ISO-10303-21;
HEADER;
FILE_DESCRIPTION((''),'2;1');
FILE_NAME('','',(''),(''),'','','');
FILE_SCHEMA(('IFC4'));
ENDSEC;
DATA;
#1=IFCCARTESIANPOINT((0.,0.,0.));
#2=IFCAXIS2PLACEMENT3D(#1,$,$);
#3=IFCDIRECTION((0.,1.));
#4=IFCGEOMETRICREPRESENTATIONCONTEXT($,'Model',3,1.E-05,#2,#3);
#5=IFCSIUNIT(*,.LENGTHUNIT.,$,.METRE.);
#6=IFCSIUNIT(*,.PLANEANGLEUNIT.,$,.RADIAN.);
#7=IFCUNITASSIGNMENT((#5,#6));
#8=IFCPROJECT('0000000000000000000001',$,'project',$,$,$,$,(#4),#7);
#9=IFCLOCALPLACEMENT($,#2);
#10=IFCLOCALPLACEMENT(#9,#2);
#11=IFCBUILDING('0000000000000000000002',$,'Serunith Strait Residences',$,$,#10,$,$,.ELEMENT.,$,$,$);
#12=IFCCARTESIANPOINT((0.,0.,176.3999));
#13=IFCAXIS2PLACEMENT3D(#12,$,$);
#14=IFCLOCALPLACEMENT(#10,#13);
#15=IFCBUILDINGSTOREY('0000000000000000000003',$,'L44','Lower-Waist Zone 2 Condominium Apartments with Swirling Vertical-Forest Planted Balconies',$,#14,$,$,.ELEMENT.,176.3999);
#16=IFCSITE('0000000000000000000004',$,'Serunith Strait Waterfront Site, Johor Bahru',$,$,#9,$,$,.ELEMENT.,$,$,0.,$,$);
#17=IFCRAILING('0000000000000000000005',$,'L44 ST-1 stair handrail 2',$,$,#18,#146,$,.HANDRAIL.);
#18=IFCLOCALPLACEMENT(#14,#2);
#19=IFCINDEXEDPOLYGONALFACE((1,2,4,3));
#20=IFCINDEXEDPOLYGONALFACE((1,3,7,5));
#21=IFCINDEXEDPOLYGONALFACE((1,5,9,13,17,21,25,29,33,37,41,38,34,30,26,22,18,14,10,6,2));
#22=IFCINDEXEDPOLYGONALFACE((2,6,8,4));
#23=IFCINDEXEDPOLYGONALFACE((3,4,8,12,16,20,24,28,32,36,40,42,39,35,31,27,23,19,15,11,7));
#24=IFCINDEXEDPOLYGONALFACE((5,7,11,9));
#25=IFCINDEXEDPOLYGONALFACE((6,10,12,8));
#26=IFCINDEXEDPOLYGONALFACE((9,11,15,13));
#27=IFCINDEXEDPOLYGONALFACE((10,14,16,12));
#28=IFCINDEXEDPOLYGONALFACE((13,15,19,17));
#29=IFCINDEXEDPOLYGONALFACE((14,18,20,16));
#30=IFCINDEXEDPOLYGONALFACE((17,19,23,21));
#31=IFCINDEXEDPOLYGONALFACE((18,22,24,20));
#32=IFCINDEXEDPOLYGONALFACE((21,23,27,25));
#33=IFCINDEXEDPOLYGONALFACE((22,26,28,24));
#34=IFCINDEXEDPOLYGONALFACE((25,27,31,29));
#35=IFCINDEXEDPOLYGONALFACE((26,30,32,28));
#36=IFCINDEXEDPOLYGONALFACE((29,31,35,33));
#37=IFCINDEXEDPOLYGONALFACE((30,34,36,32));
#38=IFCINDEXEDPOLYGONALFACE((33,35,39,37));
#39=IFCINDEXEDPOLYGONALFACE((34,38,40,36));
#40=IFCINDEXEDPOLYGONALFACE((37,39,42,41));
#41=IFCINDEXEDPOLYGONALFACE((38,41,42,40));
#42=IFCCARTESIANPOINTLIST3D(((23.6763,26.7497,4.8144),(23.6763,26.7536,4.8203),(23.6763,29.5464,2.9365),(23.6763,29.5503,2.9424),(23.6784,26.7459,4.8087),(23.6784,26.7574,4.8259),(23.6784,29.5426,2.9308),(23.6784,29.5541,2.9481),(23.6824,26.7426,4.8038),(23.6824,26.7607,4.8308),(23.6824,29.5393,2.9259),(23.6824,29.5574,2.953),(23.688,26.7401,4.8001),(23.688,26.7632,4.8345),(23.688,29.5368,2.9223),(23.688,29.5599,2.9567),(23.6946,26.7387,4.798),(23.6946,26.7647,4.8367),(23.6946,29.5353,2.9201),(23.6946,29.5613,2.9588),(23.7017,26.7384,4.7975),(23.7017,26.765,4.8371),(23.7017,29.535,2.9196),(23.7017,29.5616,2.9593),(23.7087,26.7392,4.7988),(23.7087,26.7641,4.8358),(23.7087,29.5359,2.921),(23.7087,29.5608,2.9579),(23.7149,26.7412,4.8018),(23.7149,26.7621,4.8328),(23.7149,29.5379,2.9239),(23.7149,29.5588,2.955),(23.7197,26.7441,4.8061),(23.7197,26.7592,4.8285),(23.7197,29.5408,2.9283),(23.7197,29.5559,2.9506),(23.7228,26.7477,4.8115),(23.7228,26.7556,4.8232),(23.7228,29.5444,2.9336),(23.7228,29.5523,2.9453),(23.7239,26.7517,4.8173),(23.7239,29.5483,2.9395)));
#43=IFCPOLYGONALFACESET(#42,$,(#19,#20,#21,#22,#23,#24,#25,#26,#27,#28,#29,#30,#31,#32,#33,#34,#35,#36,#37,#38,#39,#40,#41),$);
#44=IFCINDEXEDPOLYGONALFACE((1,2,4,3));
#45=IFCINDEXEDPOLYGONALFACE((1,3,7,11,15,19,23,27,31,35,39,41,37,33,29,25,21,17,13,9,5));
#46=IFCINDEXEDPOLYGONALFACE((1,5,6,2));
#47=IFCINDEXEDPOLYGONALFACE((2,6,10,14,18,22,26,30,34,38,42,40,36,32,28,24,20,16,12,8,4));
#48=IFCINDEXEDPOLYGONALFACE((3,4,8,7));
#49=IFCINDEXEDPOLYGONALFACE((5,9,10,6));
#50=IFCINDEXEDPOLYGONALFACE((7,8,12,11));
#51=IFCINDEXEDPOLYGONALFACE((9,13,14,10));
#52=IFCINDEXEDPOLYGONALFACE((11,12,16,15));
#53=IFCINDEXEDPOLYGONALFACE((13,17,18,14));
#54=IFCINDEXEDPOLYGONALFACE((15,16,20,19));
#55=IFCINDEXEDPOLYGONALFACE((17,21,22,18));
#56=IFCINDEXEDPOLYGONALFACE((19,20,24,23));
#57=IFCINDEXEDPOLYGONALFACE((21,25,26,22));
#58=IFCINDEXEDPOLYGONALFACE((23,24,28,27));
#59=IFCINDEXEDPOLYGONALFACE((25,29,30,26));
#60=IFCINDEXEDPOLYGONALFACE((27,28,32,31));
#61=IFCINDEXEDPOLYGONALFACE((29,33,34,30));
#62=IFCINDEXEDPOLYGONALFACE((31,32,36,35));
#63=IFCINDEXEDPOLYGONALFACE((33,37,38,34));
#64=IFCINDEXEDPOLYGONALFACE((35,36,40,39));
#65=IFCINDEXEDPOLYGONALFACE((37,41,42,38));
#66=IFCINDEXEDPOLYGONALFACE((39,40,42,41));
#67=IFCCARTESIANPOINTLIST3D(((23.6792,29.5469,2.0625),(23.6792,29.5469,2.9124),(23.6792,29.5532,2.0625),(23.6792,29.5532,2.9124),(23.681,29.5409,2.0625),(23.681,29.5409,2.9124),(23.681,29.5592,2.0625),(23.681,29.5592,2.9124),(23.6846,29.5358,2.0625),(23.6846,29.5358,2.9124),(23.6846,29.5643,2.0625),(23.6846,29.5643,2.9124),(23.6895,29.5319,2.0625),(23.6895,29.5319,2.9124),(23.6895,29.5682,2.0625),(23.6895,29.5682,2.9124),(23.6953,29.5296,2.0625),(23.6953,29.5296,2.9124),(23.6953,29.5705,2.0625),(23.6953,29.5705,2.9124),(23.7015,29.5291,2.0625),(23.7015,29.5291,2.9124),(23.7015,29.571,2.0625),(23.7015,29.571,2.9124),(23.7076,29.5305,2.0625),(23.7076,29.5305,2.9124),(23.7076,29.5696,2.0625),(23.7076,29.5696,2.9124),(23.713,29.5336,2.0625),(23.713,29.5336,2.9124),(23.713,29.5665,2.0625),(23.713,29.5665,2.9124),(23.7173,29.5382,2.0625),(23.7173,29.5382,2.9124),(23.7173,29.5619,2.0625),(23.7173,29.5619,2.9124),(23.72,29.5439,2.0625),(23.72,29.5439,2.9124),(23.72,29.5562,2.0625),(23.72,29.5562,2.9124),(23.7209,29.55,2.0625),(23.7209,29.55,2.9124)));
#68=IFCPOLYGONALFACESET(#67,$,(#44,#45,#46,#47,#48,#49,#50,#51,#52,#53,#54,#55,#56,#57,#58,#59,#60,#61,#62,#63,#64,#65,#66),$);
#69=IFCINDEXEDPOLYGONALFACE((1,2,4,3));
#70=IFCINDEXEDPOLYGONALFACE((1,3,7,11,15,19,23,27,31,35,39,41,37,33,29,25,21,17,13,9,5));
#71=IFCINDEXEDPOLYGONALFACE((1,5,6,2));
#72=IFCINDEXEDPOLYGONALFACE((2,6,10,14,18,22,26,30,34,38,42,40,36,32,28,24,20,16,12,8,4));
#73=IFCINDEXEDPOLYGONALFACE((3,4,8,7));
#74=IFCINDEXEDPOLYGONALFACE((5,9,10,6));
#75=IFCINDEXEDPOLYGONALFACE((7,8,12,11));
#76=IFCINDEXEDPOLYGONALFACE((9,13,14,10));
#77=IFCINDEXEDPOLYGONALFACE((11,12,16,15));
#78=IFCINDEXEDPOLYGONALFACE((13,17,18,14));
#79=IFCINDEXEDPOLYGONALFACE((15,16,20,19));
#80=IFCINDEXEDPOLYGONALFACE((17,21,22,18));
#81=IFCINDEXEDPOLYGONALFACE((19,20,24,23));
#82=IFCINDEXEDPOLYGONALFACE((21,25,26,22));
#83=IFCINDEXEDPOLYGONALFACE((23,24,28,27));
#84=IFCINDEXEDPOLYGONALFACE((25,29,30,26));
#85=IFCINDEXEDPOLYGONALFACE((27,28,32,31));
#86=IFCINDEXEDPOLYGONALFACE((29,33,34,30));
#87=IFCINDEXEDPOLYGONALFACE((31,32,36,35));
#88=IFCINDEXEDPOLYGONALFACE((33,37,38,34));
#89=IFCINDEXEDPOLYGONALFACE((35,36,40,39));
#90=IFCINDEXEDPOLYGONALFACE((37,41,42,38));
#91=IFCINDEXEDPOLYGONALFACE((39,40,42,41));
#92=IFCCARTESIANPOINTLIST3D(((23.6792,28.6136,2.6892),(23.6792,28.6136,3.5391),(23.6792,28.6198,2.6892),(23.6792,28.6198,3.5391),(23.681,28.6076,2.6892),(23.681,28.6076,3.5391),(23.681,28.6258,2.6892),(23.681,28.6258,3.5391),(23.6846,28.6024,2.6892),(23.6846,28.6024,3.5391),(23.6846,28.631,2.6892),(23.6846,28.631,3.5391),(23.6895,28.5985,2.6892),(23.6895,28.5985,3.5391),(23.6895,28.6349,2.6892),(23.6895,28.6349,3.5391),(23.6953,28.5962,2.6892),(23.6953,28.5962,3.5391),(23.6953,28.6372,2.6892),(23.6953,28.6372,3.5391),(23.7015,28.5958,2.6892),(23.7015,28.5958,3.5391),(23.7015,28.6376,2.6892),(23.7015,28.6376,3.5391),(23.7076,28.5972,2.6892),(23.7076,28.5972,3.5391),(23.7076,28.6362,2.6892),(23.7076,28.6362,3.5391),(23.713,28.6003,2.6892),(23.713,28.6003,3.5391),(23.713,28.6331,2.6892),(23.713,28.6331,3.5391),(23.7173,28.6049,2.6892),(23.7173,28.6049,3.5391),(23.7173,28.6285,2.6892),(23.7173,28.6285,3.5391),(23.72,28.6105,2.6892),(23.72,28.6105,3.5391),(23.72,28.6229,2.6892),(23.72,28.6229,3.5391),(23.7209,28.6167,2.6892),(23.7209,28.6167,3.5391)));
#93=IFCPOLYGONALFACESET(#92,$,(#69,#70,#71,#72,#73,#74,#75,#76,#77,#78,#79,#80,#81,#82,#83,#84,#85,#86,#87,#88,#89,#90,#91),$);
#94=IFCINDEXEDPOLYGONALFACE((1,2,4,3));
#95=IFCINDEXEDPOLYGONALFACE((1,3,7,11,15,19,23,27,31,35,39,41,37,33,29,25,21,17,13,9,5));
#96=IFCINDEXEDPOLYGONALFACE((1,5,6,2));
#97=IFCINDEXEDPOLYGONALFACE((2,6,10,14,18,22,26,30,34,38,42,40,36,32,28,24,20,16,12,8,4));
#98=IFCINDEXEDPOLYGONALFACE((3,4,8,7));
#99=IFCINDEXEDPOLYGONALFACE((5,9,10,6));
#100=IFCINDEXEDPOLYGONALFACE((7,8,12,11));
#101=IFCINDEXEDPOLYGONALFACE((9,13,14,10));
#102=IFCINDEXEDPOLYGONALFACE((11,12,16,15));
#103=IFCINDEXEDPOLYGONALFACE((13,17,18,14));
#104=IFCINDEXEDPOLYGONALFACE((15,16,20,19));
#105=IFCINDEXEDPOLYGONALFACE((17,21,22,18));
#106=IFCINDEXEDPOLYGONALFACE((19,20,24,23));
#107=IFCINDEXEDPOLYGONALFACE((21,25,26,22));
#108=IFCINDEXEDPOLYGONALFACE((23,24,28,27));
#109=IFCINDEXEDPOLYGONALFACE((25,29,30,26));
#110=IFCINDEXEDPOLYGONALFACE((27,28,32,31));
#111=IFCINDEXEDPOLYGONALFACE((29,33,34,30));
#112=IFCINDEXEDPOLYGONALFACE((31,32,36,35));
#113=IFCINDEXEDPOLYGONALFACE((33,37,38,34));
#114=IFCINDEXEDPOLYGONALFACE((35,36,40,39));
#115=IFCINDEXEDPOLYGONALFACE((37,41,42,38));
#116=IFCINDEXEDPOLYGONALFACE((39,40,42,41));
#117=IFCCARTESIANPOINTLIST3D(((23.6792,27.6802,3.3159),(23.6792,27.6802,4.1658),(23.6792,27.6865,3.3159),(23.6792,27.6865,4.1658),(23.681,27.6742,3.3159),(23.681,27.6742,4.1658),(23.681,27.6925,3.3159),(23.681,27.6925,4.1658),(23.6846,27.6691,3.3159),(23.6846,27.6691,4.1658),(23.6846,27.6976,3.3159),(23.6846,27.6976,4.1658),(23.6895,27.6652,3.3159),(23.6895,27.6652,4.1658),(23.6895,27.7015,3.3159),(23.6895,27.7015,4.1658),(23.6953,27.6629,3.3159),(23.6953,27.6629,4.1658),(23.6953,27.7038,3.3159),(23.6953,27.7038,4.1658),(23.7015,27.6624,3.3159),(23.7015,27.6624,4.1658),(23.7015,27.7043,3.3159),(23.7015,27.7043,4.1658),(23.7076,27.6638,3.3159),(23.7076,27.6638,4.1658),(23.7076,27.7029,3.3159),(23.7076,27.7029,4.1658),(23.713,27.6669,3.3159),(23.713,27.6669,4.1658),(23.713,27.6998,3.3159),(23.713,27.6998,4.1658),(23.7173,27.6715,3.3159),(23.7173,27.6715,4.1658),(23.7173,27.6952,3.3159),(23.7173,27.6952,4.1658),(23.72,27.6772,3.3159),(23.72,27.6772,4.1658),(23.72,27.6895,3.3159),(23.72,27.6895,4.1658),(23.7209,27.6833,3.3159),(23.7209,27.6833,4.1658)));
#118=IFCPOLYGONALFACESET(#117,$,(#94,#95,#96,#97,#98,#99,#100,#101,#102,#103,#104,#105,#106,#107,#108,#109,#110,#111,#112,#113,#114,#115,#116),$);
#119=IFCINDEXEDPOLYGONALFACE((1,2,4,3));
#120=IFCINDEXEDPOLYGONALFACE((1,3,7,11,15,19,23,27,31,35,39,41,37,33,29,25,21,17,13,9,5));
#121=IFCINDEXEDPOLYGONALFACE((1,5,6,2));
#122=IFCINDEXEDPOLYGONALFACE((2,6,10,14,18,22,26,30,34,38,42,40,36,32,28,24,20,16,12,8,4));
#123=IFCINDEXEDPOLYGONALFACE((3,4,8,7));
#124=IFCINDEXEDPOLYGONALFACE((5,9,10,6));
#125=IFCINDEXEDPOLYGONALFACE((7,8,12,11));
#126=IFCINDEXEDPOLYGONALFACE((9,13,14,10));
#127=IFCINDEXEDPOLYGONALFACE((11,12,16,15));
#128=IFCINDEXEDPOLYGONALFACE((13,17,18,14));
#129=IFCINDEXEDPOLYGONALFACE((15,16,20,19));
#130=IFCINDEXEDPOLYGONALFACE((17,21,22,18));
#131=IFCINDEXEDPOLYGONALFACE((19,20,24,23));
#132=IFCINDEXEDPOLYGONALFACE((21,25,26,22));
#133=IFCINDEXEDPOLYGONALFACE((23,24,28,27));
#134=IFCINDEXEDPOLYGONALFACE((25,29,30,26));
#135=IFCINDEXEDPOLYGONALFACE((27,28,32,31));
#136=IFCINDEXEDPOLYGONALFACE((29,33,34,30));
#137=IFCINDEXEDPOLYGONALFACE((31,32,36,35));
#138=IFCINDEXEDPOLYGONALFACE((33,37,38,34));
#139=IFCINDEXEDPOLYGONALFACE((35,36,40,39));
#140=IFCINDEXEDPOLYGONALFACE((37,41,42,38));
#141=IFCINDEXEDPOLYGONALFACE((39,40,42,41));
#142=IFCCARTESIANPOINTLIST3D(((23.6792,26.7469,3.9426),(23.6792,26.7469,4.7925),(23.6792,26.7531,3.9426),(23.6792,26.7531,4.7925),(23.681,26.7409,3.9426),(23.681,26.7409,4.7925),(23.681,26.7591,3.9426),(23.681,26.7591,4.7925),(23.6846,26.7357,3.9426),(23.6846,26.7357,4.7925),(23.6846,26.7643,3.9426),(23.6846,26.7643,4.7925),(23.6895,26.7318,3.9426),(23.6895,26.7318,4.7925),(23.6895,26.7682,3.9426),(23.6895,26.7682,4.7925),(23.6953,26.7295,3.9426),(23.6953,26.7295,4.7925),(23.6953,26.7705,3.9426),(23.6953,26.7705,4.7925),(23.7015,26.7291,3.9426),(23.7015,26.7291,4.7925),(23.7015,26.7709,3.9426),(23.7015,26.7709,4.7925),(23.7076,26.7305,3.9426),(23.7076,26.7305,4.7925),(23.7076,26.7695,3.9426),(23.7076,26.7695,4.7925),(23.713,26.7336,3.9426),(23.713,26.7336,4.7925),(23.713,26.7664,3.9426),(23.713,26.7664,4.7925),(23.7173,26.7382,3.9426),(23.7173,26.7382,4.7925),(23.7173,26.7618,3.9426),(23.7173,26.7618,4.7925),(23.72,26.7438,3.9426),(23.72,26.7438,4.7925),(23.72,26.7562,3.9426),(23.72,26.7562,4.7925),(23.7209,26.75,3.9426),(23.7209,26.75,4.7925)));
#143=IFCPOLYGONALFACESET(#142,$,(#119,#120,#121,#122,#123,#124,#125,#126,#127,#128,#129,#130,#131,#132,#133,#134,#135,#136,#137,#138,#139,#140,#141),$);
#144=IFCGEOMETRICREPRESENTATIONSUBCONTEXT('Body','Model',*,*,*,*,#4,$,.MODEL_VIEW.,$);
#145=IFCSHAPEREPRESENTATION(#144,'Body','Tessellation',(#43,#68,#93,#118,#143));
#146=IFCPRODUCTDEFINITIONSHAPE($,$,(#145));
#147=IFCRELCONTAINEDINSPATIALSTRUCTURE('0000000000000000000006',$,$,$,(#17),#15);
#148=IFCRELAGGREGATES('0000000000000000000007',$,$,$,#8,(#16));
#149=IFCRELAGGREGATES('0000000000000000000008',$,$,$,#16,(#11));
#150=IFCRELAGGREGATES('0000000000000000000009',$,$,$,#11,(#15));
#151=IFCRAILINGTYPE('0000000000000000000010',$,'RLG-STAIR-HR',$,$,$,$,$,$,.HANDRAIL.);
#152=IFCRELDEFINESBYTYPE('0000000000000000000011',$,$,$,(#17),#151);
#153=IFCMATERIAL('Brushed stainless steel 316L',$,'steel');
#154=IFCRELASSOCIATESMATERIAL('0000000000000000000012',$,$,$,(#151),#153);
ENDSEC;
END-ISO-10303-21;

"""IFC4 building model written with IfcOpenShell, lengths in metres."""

from ifc_helpers import new_model, si_unit, direction, frame, origin, origin_2d, place, context, subcontext, project, spatial, circle, extrude, material, type_object, element, save


model = new_model("IFC4")

# Units and contexts
model_context = context("Model", 3, precision=1e-05, world=origin(), true_north=direction((0.0, 1.0)))
body_context = subcontext(model_context, "Body", "Model", "MODEL_VIEW")
ifc_project = project(units=[si_unit("LENGTHUNIT", "METRE"), si_unit("PLANEANGLEUNIT", "RADIAN")], contexts=[model_context])

# Site, building, storey
site_placement = place(None, origin())
site = spatial("IfcSite", under=ifc_project, at=site_placement, Name="Serunith Strait Waterfront Site, Johor Bahru", CompositionType="ELEMENT", RefElevation=0.0)
building_placement = place(site_placement, origin())
building = spatial("IfcBuilding", under=site, at=building_placement, Name="Serunith Strait Residences", CompositionType="ELEMENT")
storey_placement = place(building_placement, frame((0.0, 0.0, 176.3999)))
storey = spatial("IfcBuildingStorey", under=building, at=storey_placement, Name="L44", Description="Lower-Waist Zone 2 Condominium Apartments with Swirling Vertical-Forest Planted Balconies", CompositionType="ELEMENT", Elevation=176.3999)

# Railing
ifc_material_1 = material(Name="Brushed stainless steel 316L", Category="steel")
railing_type_1 = type_object("IfcRailingType", Name="RLG-STAIR-HR", PredefinedType="HANDRAIL", material=ifc_material_1)
railing_1_placement = place(storey_placement, frame((23.7, 29.55, 2.0625)))
element("IfcRailing", 1, at=railing_1_placement, inside=storey, type_object=railing_type_1, Name="L44 ST-1 stair handrail 2", PredefinedType="HANDRAIL", context=body_context, shape_type="SweptSolid", body=[
    extrude(circle(Radius=0.0239, at=origin_2d()), frame((0.0, -0.0017, 0.877), z_axis=(0.0, -0.830208, 0.557453), x_axis=(1.0, 0.0, 0.0)), (0.0, 0.0, 1.0), 3.3687),
    extrude(circle(Radius=0.021, at=origin_2d()), origin(), (0.0, 0.0, 1.0), 0.8499),
    extrude(circle(Radius=0.021, at=origin_2d()), frame((0.0, -0.9333, 0.6267)), (0.0, 0.0, 1.0), 0.8499),
    extrude(circle(Radius=0.021, at=origin_2d()), frame((0.0, -1.8667, 1.2534)), (0.0, 0.0, 1.0), 0.8499),
    extrude(circle(Radius=0.021, at=origin_2d()), frame((0.0, -2.8, 1.8801)), (0.0, 0.0, 1.0), 0.8499),
])

save(model, "model.ifc")
